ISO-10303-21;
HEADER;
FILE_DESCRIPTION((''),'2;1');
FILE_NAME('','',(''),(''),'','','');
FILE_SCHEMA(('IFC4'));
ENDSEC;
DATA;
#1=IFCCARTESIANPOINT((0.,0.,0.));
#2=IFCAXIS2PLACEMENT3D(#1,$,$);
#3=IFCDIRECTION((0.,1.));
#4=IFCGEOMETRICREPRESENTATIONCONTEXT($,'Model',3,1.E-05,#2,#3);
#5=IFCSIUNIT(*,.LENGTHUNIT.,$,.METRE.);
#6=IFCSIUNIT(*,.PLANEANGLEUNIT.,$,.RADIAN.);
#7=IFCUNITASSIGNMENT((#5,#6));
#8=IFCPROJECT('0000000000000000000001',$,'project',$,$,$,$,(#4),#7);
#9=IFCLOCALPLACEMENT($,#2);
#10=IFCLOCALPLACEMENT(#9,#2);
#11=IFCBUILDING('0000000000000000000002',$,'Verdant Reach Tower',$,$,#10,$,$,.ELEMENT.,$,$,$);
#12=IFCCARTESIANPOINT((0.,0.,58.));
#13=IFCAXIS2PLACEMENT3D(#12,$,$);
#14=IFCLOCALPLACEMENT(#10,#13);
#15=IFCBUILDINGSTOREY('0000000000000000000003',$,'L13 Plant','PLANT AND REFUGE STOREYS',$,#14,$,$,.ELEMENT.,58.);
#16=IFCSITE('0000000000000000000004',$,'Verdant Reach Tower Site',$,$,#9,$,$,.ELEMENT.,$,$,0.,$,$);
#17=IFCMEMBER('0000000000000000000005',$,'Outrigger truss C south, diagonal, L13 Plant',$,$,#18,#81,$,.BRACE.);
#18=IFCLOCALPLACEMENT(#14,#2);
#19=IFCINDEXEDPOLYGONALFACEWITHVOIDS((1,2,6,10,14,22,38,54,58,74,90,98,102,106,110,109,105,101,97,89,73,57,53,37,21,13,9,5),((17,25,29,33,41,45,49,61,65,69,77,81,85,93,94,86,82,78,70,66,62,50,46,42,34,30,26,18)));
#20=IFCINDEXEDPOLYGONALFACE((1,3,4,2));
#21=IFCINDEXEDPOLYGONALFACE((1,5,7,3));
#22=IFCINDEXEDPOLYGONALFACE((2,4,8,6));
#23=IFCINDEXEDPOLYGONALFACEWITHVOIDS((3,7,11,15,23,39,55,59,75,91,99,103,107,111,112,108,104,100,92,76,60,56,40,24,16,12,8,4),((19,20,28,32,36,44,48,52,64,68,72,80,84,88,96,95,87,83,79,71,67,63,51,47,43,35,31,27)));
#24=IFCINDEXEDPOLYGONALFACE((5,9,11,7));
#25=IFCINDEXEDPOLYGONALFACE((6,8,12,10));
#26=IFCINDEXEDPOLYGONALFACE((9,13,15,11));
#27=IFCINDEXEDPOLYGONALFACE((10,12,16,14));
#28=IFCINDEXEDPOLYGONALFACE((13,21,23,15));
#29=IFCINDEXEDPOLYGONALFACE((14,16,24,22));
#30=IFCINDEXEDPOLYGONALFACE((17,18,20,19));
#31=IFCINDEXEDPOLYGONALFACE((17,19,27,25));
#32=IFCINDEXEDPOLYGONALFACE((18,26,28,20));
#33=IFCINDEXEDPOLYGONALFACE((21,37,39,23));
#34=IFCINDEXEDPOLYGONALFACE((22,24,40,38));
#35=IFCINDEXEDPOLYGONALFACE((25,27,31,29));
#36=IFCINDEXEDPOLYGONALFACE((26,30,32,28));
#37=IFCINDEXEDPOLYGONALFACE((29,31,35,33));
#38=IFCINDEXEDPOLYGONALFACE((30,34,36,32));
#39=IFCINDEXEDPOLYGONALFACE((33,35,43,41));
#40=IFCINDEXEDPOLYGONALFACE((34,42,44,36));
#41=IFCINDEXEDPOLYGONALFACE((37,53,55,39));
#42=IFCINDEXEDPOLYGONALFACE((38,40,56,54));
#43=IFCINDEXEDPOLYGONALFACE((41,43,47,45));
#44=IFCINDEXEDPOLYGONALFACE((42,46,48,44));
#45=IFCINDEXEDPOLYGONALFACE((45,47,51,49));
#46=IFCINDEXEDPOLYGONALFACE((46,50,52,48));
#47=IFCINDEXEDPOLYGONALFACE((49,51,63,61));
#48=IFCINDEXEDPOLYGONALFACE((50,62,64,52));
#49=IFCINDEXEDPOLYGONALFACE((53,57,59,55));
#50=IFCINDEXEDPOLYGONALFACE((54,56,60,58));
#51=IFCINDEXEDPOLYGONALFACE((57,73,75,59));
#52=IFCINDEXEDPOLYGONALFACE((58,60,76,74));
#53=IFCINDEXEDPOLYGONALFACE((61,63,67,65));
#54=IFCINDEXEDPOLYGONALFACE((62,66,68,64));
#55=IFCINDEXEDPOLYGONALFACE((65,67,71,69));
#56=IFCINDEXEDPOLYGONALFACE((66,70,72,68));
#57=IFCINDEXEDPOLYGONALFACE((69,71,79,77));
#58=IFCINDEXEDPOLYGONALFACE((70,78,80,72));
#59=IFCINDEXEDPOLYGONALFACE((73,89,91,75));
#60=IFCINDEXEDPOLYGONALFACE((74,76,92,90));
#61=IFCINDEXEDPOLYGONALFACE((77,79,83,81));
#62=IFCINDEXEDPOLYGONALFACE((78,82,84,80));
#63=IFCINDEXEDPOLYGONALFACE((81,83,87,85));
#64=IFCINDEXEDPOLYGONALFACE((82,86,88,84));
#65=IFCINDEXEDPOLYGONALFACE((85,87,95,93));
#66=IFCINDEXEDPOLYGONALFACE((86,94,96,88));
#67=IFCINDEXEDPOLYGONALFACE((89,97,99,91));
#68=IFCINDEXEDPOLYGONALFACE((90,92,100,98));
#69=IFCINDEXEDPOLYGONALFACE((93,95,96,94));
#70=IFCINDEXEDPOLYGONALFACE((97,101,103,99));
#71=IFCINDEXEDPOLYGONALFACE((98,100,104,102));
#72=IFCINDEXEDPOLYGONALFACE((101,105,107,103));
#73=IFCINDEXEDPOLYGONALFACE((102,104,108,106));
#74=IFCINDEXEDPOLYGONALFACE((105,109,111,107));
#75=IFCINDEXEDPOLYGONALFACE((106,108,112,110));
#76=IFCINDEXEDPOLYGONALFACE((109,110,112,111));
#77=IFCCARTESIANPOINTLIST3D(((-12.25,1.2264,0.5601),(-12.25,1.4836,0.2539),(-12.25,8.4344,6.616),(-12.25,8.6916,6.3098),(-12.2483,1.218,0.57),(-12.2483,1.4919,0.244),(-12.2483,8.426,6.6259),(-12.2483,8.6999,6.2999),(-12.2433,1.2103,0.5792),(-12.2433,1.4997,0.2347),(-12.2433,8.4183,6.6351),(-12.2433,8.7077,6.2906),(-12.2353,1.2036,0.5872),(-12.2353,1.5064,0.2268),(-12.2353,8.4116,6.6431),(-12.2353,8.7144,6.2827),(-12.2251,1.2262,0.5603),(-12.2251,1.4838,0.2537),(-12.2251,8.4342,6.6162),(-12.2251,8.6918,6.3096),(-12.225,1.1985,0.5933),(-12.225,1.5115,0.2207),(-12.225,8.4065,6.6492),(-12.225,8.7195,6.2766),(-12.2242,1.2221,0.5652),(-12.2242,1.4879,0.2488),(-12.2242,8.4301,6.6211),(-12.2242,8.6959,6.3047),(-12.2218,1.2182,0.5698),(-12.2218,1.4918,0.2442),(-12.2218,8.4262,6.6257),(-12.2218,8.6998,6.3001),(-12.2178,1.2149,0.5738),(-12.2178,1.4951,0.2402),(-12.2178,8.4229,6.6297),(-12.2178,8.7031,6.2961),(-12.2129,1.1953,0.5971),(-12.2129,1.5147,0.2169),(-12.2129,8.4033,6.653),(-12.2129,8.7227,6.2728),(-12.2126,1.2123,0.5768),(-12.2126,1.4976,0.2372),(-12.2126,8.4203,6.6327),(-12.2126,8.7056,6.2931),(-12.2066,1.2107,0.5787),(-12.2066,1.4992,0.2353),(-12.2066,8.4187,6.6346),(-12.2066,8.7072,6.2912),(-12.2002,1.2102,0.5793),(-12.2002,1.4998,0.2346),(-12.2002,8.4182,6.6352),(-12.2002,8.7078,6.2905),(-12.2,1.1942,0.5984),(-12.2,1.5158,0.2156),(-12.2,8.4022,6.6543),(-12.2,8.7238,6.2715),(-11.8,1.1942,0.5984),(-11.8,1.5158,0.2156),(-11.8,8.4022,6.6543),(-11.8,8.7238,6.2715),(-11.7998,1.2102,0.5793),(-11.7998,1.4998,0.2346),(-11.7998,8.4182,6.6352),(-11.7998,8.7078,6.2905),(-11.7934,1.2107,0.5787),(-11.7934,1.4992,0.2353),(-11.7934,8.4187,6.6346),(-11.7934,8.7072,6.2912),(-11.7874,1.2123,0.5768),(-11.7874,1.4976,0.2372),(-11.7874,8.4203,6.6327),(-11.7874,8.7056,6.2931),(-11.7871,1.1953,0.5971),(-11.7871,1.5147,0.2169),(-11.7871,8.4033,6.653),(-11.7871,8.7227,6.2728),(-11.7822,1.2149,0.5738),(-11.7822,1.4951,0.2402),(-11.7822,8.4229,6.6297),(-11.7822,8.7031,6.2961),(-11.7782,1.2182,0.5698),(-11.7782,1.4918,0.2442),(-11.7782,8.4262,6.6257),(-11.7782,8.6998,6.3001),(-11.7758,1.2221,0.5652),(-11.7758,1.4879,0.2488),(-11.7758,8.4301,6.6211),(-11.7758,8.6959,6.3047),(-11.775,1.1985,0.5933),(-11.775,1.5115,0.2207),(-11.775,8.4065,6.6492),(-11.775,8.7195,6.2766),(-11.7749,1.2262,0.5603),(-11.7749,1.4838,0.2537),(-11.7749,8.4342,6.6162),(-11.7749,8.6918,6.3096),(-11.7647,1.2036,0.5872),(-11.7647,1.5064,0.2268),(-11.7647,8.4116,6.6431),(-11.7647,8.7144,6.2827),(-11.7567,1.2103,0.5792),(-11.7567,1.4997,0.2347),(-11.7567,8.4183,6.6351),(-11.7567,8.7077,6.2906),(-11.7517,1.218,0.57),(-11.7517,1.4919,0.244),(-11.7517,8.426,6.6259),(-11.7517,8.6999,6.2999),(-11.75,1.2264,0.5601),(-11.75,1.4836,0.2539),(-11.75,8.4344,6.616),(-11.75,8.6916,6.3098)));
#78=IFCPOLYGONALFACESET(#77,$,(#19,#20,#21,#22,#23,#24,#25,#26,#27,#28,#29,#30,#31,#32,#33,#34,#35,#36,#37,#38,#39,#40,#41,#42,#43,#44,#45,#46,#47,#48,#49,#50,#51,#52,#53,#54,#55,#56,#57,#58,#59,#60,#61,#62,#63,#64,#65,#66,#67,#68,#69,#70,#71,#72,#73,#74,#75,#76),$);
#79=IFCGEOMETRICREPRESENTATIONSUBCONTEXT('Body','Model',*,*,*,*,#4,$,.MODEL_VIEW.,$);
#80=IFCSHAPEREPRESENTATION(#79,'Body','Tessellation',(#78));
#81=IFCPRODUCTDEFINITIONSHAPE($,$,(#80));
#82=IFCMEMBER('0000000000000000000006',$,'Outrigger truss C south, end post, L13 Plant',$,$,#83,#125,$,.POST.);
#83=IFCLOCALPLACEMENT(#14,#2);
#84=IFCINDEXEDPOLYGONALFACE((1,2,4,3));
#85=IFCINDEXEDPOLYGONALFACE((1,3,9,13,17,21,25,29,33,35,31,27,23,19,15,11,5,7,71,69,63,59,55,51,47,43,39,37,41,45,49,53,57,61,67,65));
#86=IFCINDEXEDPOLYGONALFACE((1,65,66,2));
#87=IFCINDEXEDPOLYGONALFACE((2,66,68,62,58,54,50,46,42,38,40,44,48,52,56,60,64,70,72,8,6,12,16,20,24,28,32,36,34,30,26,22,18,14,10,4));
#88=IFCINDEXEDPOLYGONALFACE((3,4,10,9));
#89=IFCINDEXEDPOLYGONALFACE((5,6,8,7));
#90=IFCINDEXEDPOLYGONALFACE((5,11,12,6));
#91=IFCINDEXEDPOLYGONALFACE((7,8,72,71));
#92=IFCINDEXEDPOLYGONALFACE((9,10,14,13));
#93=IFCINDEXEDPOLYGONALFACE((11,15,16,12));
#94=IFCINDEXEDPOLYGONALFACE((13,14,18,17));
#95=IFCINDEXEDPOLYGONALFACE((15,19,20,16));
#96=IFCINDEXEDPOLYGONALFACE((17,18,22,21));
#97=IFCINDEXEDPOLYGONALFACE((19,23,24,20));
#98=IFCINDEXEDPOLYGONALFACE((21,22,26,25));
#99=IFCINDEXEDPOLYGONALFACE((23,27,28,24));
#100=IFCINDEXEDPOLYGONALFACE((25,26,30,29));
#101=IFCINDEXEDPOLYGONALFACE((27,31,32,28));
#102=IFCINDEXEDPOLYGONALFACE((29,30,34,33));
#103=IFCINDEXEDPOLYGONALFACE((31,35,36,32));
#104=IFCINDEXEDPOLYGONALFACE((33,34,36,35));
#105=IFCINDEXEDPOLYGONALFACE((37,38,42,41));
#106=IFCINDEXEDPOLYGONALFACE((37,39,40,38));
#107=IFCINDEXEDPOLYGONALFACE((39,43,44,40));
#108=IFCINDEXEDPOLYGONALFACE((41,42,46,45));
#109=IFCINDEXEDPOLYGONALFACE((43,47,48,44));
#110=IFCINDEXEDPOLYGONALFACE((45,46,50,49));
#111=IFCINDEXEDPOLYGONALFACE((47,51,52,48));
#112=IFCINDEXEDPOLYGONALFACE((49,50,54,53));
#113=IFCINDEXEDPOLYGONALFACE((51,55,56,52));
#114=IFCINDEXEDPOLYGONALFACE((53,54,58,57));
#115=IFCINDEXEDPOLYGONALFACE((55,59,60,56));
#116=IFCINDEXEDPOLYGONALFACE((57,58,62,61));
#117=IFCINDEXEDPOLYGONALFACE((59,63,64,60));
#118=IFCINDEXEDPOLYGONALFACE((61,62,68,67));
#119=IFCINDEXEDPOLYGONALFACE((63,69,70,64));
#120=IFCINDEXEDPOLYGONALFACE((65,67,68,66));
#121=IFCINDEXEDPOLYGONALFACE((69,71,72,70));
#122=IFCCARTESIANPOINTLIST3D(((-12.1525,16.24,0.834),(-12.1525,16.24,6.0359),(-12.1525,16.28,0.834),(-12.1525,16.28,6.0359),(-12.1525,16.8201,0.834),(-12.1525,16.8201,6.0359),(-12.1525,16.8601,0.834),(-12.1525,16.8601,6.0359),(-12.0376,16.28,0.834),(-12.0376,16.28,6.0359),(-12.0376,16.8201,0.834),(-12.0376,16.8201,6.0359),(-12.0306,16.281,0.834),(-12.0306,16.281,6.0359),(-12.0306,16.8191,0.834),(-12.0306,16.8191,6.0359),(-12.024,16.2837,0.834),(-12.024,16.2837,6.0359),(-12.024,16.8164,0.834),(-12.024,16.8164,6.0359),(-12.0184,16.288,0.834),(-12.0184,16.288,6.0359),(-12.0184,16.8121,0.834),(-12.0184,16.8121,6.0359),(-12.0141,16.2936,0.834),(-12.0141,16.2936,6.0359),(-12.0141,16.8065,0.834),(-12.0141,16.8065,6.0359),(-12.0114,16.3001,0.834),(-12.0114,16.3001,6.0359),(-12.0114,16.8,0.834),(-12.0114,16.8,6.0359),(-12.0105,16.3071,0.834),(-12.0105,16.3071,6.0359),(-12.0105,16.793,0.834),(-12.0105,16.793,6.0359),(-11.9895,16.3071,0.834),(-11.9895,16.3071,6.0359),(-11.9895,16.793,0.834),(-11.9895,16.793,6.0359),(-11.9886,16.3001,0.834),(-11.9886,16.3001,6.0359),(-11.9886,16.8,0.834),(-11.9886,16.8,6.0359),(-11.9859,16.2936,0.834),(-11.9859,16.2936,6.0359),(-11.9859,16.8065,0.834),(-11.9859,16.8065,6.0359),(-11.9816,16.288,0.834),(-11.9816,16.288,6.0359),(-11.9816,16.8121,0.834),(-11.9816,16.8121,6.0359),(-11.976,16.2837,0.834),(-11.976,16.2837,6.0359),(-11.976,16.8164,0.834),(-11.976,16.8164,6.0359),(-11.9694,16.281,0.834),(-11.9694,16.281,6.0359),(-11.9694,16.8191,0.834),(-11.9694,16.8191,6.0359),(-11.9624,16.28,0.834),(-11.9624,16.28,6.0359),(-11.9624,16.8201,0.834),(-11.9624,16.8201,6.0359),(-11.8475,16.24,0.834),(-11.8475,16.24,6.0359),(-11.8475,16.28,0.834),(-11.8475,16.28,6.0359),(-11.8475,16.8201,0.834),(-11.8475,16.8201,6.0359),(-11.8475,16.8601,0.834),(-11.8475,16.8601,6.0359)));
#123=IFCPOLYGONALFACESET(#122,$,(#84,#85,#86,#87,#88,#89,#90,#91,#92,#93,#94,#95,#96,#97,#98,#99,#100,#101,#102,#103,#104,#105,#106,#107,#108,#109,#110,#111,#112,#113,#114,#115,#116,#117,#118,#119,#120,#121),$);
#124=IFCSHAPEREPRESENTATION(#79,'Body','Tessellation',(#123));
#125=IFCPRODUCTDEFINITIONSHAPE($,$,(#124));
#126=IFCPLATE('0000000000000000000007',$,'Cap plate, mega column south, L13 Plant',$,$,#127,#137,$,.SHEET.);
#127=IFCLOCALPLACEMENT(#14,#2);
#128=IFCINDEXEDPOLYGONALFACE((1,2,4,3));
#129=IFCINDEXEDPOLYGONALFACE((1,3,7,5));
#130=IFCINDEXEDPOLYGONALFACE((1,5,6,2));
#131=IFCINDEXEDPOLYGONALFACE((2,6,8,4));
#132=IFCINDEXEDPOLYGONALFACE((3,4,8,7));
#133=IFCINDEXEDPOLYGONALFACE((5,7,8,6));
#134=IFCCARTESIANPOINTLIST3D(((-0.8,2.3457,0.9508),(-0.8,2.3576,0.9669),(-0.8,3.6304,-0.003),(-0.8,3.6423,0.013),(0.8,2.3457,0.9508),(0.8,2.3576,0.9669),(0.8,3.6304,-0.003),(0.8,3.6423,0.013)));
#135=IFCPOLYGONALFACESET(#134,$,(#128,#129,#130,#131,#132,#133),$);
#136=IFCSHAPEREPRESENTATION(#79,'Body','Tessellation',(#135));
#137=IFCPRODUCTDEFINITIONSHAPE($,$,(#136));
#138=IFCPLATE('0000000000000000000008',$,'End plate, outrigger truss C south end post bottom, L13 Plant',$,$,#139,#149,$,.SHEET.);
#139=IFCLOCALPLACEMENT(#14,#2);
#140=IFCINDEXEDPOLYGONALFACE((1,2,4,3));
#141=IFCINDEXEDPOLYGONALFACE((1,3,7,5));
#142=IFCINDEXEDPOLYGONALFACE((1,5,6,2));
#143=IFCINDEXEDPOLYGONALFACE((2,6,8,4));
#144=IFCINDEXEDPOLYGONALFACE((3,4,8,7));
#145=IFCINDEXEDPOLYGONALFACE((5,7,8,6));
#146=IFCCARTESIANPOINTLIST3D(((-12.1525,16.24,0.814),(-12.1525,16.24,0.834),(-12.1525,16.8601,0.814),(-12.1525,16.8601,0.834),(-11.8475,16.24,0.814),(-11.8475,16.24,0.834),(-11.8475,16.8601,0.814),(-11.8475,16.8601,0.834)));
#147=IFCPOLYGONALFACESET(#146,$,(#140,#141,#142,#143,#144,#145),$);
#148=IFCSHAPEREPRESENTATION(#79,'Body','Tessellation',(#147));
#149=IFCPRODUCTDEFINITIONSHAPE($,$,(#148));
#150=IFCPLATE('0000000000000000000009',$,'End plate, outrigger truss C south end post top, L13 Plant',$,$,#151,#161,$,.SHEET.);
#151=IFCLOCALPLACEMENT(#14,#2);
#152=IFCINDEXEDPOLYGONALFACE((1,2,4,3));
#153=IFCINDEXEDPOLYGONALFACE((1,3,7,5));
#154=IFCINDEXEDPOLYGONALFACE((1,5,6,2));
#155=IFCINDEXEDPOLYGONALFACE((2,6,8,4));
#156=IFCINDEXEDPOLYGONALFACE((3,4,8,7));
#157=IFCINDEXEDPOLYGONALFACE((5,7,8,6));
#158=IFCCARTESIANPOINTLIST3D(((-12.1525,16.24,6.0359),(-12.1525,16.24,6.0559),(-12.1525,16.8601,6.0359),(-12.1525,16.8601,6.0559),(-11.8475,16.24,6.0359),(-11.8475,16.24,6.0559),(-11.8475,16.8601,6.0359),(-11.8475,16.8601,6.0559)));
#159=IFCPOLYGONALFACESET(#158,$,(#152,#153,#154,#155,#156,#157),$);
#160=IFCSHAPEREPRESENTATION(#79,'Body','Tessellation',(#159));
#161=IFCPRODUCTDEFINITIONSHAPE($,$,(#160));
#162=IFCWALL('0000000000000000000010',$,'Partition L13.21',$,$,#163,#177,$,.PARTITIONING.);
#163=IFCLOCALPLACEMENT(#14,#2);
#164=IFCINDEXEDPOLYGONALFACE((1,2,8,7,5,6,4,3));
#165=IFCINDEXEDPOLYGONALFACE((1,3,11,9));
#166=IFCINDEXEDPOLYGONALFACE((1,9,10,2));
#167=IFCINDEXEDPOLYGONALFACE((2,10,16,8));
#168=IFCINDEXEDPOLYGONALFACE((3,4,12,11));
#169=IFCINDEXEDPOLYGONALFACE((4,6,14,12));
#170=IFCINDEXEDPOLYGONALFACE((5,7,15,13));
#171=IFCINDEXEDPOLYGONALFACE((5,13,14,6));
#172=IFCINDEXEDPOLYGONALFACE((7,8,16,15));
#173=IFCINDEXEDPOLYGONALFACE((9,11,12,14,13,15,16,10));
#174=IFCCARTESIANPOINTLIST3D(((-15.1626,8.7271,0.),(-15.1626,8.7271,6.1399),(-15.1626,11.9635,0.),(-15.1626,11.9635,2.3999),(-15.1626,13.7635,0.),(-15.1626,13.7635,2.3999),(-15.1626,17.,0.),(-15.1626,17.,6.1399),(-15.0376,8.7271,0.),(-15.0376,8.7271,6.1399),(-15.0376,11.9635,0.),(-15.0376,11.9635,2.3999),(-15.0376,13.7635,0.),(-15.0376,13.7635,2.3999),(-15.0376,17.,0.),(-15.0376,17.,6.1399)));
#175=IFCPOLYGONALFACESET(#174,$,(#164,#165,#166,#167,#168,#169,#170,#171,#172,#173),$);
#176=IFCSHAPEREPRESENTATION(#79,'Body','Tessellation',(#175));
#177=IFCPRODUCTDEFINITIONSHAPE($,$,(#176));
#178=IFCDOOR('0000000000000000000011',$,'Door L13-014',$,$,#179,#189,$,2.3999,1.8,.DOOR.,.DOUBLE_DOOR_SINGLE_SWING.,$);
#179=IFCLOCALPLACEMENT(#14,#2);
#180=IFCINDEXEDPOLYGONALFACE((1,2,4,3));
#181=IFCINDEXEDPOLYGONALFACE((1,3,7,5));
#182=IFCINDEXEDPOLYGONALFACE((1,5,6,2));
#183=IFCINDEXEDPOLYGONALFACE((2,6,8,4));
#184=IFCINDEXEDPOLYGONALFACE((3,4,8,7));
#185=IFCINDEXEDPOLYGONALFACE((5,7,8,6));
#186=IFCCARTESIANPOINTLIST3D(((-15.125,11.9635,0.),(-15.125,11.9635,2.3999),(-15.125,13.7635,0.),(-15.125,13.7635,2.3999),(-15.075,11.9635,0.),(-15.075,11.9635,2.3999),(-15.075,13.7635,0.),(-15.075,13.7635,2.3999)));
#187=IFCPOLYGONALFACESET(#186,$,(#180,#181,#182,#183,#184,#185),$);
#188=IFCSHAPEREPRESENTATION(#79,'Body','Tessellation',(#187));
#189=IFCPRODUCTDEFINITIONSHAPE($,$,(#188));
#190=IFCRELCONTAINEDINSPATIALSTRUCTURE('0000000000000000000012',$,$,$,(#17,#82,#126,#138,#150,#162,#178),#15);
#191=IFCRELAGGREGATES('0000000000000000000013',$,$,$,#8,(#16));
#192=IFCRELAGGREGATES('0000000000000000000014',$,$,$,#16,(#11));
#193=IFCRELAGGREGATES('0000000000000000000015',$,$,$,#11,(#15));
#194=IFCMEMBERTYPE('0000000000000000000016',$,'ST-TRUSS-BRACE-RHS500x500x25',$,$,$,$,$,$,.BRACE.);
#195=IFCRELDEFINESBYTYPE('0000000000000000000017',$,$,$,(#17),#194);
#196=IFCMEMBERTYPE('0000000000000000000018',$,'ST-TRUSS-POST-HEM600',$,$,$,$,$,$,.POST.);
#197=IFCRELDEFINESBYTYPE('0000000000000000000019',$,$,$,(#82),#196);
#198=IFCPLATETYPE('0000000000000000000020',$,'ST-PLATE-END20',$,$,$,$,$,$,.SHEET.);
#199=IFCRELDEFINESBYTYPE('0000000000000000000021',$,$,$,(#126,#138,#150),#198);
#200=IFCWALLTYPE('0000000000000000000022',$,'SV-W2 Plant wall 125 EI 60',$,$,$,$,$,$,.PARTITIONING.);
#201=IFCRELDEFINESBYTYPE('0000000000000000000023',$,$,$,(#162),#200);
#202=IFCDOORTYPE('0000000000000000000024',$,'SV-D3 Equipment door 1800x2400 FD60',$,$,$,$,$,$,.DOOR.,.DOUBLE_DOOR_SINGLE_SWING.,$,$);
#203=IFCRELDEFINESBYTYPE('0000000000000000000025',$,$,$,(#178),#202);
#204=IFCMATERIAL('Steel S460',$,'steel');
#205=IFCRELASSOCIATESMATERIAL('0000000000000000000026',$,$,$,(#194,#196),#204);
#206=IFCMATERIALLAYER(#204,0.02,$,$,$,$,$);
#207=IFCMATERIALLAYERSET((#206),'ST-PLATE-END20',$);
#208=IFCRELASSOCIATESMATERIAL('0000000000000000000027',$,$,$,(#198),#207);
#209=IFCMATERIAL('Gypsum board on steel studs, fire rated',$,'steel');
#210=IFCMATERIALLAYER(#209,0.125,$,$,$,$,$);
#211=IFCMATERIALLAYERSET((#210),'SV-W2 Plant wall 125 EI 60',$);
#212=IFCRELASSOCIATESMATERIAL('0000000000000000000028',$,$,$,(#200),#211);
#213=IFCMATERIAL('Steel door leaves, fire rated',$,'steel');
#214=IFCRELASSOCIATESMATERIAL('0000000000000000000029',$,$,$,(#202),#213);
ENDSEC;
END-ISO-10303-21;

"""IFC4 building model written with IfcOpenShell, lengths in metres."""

from ifc_helpers import new_model, si_unit, direction, frame, frame_2d, origin, origin_2d, place, context, subcontext, project, spatial, rectangle, hollow_rectangle, i_section, extrude, material, layer, layer_set, material_profile, profile_set, type_object, element, fill, save


model = new_model("IFC4")

# Units and contexts
model_context = context("Model", 3, precision=1e-05, world=origin(), true_north=direction((0.0, 1.0)))
body_context = subcontext(model_context, "Body", "Model", "MODEL_VIEW")
ifc_project = project(units=[si_unit("LENGTHUNIT", "METRE"), si_unit("PLANEANGLEUNIT", "RADIAN")], contexts=[model_context])

# Site, building, storey
site_placement = place(None, origin())
site = spatial("IfcSite", under=ifc_project, at=site_placement, Name="Verdant Reach Tower Site", CompositionType="ELEMENT", RefElevation=0.0)
building_placement = place(site_placement, origin())
building = spatial("IfcBuilding", under=site, at=building_placement, Name="Verdant Reach Tower", CompositionType="ELEMENT")
storey_placement = place(building_placement, frame((0.0, 0.0, 58.0)))
storey = spatial("IfcBuildingStorey", under=building, at=storey_placement, Name="L13 Plant", Description="PLANT AND REFUGE STOREYS", CompositionType="ELEMENT", Elevation=58.0)

# Shared definitions
ifc_material_1 = material(Name="Steel S460", Category="steel")

# Members
ifc_material_profile_1 = material_profile(ifc_material_1, hollow_rectangle(XDim=0.5, YDim=0.5, WallThickness=0.0249, InnerFilletRadius=0.0249, OuterFilletRadius=0.05, at=origin_2d()), Name="RHS 500x500x25")
ifc_profile_set_1 = profile_set([ifc_material_profile_1], Name="Steel S460")
member_type_1 = type_object("IfcMemberType", Name="ST-TRUSS-BRACE-RHS500x500x25", PredefinedType="BRACE", material=ifc_profile_set_1)
member_1_placement = place(storey_placement, frame((-12.0, 8.563, 6.4629), z_axis=(0.0, -0.765643, -0.643266), x_axis=(1.0, 0.0, 0.0)))
element("IfcMember", 1, at=member_1_placement, inside=storey, type_object=member_type_1, Name="Outrigger truss C south, diagonal, L13 Plant", PredefinedType="BRACE", context=body_context, shape_type="SweptSolid", body=[
    extrude(hollow_rectangle(XDim=0.5, YDim=0.5, WallThickness=0.0249, InnerFilletRadius=0.0249, OuterFilletRadius=0.05, at=origin_2d()), origin(), (0.0, 0.0, 1.0), 9.4143),
])
ifc_material_profile_2 = material_profile(ifc_material_1, i_section(OverallWidth=0.3049, OverallDepth=0.6201, WebThickness=0.021, FlangeThickness=0.04, FilletRadius=0.0271, at=origin_2d()), Name="HEM 600")
ifc_profile_set_2 = profile_set([ifc_material_profile_2], Name="Steel S460")
member_type_2 = type_object("IfcMemberType", Name="ST-TRUSS-POST-HEM600", PredefinedType="POST", material=ifc_profile_set_2)
member_2_placement = place(storey_placement, frame((-12.0, 16.55, 0.834), z_axis=(0.0, 0.0, 1.0), x_axis=(1.0, 0.0, 0.0)))
element("IfcMember", 2, at=member_2_placement, inside=storey, type_object=member_type_2, Name="Outrigger truss C south, end post, L13 Plant", PredefinedType="POST", context=body_context, shape_type="SweptSolid", body=[
    extrude(i_section(OverallWidth=0.3049, OverallDepth=0.6201, WebThickness=0.021, FlangeThickness=0.04, FilletRadius=0.0271, at=origin_2d()), origin(), (0.0, 0.0, 1.0), 5.2019),
])

# Plates
ifc_layer_1 = layer(ifc_material_1, 0.02)
ifc_layer_set_1 = layer_set([ifc_layer_1], Name="ST-PLATE-END20")
plate_type = type_object("IfcPlateType", Name="ST-PLATE-END20", PredefinedType="SHEET", material=ifc_layer_set_1)
plate_placement = place(storey_placement, frame((0.0, 2.988, 0.4739), z_axis=(0.0, 0.5961, 0.80291), x_axis=(-1.0, 0.0, 0.0)))
element("IfcPlate", 3, at=plate_placement, inside=storey, type_object=plate_type, Name="Cap plate, mega column south, L13 Plant", PredefinedType="SHEET", context=body_context, shape_type="SweptSolid", body=[
    extrude(rectangle(XDim=1.6001, YDim=1.6001, at=origin_2d()), origin(), (0.0, 0.0, 1.0), 0.02),
])
for number, where, z_axis, x_axis, name in (
    (4, (-12.0, 16.55, 0.814), (0.0, 0.0, 1.0), (1.0, 0.0, 0.0), "End plate, outrigger truss C south end post bottom, L13 Plant"),
    (5, (-12.0, 16.55, 6.0359), (0.0, 0.0, 1.0), (1.0, 0.0, 0.0), "End plate, outrigger truss C south end post top, L13 Plant"),
):
    element("IfcPlate", number, at=place(storey_placement, frame(where, z_axis=z_axis, x_axis=x_axis)), inside=storey, type_object=plate_type, Name=name, PredefinedType="SHEET", context=body_context, shape_type="SweptSolid", body=[
        extrude(rectangle(XDim=0.3049, YDim=0.6201, at=origin_2d()), origin(), (0.0, 0.0, 1.0), 0.02),
    ])

# Wall, opening, door
ifc_material_2 = material(Name="Gypsum board on steel studs, fire rated", Category="steel")
ifc_layer_2 = layer(ifc_material_2, 0.125)
ifc_layer_set_2 = layer_set([ifc_layer_2], Name="SV-W2 Plant wall 125 EI 60")
wall_type_1 = type_object("IfcWallType", Name="SV-W2 Plant wall 125 EI 60", PredefinedType="PARTITIONING", material=ifc_layer_set_2)
wall_1_placement = place(storey_placement, frame((-15.1001, 8.7271, 0.0), z_axis=(0.0, 0.0, 1.0), x_axis=(0.0, 1.0, 0.0)))
wall_1 = element("IfcWall", 6, at=wall_1_placement, inside=storey, type_object=wall_type_1, Name="Partition L13.21", PredefinedType="PARTITIONING", context=body_context, shape_type="SweptSolid", body=[
    extrude(rectangle(XDim=8.2729, YDim=0.125, at=frame_2d((4.1365, 0.0))), origin(), (0.0, 0.0, 1.0), 6.1399),
])
opening_placement = place(wall_1_placement, frame((3.2366, 0.0, 0.0)))
opening = element("IfcOpeningElement", 7, at=opening_placement, cuts=wall_1, PredefinedType="OPENING", context=body_context, shape_type="SweptSolid", body=[
    extrude(rectangle(XDim=1.8, YDim=2.3999, at=frame_2d((0.8999, 1.2))), frame((0.0, 0.0725, 0.0), z_axis=(0.0, -1.0, 0.0), x_axis=(1.0, 0.0, 0.0)), (0.0, 0.0, 1.0), 0.145),
])
ifc_material_3 = material(Name="Steel door leaves, fire rated", Category="steel")
door_type = type_object("IfcDoorType", Name="SV-D3 Equipment door 1800x2400 FD60", OperationType="DOUBLE_DOOR_SINGLE_SWING", PredefinedType="DOOR", material=ifc_material_3)
door_placement = place(opening_placement, origin())
door = element("IfcDoor", 8, at=door_placement, inside=storey, type_object=door_type, Name="Door L13-014", OperationType="DOUBLE_DOOR_SINGLE_SWING", OverallHeight=2.3999, OverallWidth=1.8, PredefinedType="DOOR", context=body_context, shape_type="SweptSolid", body=[
    extrude(rectangle(XDim=1.8, YDim=2.3999, at=frame_2d((0.8999, 1.2))), frame((0.0, 0.0249, 0.0), z_axis=(0.0, -1.0, 0.0), x_axis=(1.0, 0.0, 0.0)), (0.0, 0.0, 1.0), 0.05),
])
fill(opening, door)

save(model, "model.ifc")
